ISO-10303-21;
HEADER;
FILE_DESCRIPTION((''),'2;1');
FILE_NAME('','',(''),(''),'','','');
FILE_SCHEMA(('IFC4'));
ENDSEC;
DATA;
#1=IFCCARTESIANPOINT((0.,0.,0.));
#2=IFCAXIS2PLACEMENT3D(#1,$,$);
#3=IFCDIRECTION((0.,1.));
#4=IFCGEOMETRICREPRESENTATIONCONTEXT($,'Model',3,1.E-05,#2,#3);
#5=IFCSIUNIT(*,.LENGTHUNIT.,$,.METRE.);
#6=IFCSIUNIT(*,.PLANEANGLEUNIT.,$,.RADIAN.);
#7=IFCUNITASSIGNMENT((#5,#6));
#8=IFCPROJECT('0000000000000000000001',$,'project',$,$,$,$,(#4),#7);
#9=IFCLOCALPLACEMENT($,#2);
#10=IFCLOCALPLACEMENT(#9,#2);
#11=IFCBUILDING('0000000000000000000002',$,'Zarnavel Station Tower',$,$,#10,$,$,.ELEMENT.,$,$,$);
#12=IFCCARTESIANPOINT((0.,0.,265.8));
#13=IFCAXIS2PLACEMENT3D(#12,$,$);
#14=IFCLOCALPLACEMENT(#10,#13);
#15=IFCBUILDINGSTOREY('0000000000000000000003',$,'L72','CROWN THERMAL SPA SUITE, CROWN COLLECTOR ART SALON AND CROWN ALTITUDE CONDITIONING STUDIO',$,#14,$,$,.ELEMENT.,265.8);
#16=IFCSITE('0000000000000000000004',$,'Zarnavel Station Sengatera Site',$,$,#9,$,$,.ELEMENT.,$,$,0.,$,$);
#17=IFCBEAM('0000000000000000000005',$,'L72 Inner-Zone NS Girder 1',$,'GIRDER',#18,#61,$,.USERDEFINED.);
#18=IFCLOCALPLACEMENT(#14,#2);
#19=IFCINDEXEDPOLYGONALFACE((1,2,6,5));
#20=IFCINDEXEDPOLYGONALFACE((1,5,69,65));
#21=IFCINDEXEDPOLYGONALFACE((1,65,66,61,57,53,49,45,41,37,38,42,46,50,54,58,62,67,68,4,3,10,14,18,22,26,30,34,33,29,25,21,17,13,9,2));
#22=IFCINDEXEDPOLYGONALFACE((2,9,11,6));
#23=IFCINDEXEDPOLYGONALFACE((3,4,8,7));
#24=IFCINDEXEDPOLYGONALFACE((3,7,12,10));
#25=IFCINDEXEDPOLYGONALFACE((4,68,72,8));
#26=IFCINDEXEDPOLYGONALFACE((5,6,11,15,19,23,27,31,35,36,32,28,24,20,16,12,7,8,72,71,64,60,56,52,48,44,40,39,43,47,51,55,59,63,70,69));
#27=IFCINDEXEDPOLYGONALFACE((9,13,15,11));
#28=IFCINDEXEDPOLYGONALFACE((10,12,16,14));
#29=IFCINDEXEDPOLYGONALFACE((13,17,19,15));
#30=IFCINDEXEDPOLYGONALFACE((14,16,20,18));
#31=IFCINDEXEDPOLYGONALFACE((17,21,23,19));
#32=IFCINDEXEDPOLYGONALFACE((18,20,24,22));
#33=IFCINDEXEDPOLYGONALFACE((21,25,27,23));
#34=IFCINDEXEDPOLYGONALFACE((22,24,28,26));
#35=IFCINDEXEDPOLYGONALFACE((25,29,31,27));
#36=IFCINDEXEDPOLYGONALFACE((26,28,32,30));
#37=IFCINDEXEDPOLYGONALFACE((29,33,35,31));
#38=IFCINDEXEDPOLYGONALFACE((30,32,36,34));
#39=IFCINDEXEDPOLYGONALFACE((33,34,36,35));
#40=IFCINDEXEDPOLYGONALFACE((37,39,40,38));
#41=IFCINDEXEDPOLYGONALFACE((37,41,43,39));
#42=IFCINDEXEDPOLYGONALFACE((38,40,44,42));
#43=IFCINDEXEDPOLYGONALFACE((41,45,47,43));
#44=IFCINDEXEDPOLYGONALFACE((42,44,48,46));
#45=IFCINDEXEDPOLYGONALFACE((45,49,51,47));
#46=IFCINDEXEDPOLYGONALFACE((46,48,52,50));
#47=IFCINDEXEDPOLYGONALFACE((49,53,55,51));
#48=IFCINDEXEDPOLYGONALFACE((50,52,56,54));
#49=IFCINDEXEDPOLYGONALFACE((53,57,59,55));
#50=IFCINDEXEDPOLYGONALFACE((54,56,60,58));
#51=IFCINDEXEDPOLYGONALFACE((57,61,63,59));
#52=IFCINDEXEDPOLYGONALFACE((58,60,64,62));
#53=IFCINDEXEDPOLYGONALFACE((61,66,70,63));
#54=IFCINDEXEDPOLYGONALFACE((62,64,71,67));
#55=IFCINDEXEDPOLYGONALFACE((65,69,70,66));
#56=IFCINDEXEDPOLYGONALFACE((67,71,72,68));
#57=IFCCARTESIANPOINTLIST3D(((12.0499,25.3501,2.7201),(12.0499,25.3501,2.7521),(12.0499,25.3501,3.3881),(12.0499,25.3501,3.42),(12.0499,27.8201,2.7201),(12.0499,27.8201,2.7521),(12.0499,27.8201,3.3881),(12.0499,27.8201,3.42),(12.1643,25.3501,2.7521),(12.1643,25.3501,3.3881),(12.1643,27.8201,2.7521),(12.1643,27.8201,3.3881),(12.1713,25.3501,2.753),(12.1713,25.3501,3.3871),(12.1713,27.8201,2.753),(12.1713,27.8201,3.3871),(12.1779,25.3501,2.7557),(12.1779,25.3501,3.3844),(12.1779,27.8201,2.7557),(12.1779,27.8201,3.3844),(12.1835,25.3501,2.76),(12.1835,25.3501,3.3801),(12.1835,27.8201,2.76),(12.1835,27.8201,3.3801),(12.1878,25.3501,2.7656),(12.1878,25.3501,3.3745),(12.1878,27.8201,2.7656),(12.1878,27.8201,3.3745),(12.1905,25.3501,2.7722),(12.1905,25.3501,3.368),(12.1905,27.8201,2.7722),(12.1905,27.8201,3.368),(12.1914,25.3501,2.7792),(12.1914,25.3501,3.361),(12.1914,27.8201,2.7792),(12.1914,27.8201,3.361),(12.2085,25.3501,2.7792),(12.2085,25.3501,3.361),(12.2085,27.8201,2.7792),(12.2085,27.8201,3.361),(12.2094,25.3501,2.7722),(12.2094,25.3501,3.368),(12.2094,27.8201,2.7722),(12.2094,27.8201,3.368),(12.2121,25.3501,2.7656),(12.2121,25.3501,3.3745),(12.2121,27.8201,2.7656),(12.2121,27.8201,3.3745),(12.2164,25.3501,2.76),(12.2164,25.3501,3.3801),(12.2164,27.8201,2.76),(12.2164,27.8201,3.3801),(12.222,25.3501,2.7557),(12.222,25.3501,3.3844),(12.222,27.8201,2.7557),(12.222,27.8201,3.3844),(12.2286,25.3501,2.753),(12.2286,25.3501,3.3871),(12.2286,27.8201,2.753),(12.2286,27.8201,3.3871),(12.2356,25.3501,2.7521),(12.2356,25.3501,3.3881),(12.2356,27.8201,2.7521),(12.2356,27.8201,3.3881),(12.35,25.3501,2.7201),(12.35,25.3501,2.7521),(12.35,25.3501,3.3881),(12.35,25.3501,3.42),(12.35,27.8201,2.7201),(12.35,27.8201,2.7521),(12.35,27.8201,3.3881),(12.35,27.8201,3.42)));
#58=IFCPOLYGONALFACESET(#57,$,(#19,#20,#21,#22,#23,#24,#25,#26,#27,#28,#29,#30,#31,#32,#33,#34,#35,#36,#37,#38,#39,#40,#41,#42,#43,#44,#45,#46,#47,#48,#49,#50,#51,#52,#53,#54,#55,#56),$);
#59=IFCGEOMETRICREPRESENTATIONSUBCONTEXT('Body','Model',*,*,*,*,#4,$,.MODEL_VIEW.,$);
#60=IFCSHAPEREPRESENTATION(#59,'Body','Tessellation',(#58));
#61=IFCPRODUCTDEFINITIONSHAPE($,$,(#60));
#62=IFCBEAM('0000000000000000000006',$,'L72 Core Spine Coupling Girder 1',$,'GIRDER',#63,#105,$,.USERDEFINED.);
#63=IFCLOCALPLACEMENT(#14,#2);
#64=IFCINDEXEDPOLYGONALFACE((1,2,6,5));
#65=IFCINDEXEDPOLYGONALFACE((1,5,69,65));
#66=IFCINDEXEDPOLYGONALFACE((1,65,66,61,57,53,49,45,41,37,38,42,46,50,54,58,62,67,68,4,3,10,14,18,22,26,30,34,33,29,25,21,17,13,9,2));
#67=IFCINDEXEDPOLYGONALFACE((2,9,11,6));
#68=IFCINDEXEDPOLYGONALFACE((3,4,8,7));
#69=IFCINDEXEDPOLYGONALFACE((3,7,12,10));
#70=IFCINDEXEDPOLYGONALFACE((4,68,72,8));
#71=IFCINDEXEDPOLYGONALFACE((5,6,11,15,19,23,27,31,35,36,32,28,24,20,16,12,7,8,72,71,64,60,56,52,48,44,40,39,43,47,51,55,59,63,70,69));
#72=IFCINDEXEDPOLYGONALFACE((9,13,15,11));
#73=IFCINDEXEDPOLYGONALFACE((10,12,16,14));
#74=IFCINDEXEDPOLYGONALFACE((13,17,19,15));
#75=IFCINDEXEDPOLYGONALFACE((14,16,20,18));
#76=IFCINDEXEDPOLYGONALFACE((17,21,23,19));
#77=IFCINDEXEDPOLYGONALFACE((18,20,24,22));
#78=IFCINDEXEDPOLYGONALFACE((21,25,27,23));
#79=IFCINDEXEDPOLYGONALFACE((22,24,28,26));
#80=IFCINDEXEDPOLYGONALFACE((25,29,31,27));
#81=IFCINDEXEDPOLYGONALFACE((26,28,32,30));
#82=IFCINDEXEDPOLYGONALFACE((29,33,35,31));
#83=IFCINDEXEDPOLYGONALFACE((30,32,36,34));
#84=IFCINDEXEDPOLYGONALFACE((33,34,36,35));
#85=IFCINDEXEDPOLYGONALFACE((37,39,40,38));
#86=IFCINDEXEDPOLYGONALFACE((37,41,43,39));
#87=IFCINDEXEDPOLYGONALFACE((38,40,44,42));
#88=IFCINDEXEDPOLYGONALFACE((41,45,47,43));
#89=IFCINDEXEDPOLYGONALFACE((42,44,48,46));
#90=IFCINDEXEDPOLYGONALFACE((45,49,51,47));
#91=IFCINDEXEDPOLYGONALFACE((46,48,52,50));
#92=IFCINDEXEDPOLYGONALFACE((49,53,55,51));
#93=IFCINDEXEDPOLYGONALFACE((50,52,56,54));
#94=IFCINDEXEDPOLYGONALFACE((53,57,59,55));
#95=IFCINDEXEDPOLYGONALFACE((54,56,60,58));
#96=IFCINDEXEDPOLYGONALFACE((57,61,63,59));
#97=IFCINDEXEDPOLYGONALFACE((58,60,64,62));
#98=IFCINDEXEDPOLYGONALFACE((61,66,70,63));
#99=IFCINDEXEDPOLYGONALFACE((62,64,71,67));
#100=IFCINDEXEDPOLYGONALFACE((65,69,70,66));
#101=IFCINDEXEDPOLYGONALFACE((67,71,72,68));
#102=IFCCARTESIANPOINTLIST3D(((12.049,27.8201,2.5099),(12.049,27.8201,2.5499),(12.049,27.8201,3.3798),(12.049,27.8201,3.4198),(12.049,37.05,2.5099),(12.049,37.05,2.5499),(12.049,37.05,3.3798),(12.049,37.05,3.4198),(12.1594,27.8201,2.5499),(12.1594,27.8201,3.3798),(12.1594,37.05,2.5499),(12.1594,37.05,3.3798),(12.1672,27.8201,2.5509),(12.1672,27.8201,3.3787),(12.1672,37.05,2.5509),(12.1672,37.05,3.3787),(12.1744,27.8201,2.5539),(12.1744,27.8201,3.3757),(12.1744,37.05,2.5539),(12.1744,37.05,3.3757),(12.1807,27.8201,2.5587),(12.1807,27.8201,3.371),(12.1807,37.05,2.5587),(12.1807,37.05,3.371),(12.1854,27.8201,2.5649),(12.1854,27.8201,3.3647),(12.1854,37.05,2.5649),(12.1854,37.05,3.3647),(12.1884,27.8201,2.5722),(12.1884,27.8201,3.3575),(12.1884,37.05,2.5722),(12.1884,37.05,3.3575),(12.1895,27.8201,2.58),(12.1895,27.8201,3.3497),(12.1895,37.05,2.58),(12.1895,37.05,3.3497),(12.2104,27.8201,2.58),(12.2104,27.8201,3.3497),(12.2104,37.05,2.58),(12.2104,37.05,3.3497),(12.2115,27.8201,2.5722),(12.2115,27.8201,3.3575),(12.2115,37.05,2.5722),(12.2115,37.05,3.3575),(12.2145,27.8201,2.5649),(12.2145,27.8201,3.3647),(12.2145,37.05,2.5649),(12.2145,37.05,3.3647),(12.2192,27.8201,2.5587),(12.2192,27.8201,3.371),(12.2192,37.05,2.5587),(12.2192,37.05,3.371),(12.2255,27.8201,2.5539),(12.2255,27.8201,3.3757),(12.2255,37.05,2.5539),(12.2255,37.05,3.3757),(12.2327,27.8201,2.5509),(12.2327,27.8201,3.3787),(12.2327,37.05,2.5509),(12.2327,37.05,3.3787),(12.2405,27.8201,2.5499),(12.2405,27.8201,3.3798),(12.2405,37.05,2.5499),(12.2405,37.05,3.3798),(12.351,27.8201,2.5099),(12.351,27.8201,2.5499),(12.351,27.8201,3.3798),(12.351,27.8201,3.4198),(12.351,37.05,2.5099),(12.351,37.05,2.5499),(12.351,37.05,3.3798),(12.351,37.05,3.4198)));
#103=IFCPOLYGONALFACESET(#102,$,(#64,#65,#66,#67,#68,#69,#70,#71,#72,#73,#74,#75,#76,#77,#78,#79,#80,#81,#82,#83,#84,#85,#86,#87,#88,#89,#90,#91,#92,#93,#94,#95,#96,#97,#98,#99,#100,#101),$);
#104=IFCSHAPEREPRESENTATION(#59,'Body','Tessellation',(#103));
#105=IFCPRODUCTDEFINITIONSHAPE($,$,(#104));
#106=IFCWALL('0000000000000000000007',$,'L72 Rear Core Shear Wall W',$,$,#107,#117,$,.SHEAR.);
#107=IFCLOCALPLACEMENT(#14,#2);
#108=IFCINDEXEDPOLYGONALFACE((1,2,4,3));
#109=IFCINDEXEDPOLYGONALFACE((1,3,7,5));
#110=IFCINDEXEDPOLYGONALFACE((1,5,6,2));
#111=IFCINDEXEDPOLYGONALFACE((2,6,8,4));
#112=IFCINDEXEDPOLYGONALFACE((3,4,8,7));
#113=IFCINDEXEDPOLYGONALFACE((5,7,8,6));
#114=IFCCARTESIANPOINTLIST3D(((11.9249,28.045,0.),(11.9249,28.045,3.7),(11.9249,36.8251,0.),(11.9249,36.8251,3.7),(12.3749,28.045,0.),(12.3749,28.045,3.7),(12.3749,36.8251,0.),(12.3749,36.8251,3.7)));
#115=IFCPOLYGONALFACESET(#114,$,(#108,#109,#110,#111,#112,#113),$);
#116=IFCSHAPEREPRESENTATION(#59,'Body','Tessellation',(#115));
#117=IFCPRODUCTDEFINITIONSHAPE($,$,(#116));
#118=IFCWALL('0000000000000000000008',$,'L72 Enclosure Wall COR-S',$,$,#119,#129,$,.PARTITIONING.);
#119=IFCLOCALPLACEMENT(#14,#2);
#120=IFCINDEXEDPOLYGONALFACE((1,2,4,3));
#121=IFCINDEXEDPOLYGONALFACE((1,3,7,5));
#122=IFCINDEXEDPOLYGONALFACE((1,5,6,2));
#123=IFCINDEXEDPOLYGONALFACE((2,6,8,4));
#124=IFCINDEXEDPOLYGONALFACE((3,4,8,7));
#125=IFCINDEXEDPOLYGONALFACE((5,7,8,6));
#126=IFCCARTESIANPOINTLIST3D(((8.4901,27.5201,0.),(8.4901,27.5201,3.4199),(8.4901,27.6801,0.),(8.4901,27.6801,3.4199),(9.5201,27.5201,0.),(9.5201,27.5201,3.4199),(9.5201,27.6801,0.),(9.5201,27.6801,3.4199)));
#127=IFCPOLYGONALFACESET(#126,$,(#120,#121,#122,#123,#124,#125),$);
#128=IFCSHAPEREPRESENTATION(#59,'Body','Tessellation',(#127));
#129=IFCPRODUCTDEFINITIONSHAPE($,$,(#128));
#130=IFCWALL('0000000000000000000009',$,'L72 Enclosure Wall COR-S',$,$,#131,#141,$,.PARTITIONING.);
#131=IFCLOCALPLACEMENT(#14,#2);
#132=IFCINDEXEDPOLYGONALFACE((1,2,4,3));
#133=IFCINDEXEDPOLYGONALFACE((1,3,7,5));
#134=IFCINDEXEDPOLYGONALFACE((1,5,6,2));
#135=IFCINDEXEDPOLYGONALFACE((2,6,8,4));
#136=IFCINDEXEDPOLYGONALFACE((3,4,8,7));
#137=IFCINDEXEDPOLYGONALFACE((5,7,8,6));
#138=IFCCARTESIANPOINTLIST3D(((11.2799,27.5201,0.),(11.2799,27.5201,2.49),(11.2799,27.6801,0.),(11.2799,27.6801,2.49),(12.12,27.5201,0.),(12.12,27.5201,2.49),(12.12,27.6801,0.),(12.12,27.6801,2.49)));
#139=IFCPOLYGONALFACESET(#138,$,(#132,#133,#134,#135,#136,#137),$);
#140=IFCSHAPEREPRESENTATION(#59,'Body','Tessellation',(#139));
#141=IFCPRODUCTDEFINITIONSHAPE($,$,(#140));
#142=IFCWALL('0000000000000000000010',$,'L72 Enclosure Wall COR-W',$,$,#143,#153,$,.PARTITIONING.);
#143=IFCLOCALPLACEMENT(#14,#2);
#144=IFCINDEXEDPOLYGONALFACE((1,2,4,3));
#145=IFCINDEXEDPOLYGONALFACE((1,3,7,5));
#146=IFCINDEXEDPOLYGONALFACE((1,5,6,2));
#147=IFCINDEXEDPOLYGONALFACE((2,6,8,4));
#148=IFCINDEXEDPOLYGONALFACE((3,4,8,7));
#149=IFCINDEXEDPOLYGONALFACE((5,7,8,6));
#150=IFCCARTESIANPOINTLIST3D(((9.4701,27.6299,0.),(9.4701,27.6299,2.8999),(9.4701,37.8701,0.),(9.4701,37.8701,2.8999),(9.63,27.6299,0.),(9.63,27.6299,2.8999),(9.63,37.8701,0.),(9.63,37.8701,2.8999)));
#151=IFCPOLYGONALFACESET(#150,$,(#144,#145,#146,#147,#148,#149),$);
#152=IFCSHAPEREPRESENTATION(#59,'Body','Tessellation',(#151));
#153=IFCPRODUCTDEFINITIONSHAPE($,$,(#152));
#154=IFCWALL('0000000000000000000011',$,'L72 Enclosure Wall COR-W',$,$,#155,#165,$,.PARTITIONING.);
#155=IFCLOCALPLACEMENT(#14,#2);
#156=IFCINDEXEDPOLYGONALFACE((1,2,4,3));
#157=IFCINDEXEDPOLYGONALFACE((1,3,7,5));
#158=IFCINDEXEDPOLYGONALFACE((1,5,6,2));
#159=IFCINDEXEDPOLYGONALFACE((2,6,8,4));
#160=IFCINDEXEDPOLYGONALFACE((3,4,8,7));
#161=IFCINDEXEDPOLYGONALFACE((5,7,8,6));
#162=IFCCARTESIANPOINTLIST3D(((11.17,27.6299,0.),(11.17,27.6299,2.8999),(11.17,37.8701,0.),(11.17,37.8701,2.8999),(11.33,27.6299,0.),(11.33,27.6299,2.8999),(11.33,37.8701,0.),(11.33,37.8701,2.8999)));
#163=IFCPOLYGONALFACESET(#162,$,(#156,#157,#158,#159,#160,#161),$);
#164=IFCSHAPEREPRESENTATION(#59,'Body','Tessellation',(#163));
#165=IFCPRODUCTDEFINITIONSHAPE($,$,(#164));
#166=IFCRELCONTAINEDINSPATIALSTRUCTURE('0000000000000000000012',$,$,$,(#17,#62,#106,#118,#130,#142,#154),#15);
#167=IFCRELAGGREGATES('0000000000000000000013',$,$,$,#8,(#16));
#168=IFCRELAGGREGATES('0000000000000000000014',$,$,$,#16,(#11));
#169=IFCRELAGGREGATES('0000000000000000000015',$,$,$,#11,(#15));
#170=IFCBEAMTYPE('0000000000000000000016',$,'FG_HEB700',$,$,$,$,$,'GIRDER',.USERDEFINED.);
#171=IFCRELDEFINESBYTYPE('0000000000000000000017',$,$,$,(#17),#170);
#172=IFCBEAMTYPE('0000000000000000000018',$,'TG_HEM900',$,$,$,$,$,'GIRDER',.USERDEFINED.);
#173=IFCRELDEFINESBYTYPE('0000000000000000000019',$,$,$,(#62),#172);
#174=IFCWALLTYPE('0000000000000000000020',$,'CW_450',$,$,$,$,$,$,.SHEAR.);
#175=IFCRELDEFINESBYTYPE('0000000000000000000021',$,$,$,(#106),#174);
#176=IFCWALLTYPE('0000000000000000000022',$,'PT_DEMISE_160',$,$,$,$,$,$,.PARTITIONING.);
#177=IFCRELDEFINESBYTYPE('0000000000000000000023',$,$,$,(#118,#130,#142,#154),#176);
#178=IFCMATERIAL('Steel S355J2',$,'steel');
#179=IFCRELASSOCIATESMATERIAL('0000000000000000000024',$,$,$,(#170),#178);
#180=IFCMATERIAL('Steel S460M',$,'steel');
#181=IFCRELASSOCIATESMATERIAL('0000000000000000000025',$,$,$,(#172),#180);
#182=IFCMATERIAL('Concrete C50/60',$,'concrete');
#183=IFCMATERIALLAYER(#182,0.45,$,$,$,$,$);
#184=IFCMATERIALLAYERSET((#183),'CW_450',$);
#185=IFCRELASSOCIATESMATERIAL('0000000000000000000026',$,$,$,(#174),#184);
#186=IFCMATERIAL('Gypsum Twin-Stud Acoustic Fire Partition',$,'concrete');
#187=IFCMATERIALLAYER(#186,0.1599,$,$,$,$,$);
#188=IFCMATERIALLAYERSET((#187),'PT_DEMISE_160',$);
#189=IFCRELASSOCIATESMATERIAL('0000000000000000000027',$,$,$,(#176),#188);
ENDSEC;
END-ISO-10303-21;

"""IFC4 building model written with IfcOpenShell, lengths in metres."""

from ifc_helpers import new_model, si_unit, direction, frame, frame_2d, origin, origin_2d, place, context, subcontext, project, spatial, rectangle, i_section, extrude, material, layer, layer_set, material_profile, profile_set, type_object, element, save


model = new_model("IFC4")

# Units and contexts
model_context = context("Model", 3, precision=1e-05, world=origin(), true_north=direction((0.0, 1.0)))
body_context = subcontext(model_context, "Body", "Model", "MODEL_VIEW")
ifc_project = project(units=[si_unit("LENGTHUNIT", "METRE"), si_unit("PLANEANGLEUNIT", "RADIAN")], contexts=[model_context])

# Site, building, storey
site_placement = place(None, origin())
site = spatial("IfcSite", under=ifc_project, at=site_placement, Name="Zarnavel Station Sengatera Site", CompositionType="ELEMENT", RefElevation=0.0)
building_placement = place(site_placement, origin())
building = spatial("IfcBuilding", under=site, at=building_placement, Name="Zarnavel Station Tower", CompositionType="ELEMENT")
storey_placement = place(building_placement, frame((0.0, 0.0, 265.8)))
storey = spatial("IfcBuildingStorey", under=building, at=storey_placement, Name="L72", Description="CROWN THERMAL SPA SUITE, CROWN COLLECTOR ART SALON AND CROWN ALTITUDE CONDITIONING STUDIO", CompositionType="ELEMENT", Elevation=265.8)

# Beams
ifc_material_1 = material(Name="Steel S355J2", Category="steel")
ifc_material_profile_1 = material_profile(ifc_material_1, i_section(OverallWidth=0.3, OverallDepth=0.7, WebThickness=0.0171, FlangeThickness=0.032, FilletRadius=0.0271, at=origin_2d()), Name="HEB700")
ifc_profile_set_1 = profile_set([ifc_material_profile_1], Name="Steel S355J2")
beam_type_1 = type_object("IfcBeamType", Name="FG_HEB700", ElementType="GIRDER", PredefinedType="USERDEFINED", material=ifc_profile_set_1)
beam_1_placement = place(storey_placement, frame((12.2, 25.3501, 3.0701), z_axis=(0.0, 1.0, 0.0), x_axis=(-1.0, 0.0, 0.0)))
element("IfcBeam", 1, at=beam_1_placement, inside=storey, type_object=beam_type_1, Name="L72 Inner-Zone NS Girder 1", ObjectType="GIRDER", PredefinedType="USERDEFINED", context=body_context, shape_type="SweptSolid", body=[
    extrude(i_section(OverallWidth=0.3, OverallDepth=0.7, WebThickness=0.0171, FlangeThickness=0.032, FilletRadius=0.0271, at=origin_2d()), origin(), (0.0, 0.0, 1.0), 2.47),
])
ifc_material_2 = material(Name="Steel S460M", Category="steel")
ifc_material_profile_2 = material_profile(ifc_material_2, i_section(OverallWidth=0.302, OverallDepth=0.9099, WebThickness=0.021, FlangeThickness=0.04, FilletRadius=0.03, at=origin_2d()), Name="HEM900")
ifc_profile_set_2 = profile_set([ifc_material_profile_2], Name="Steel S460M")
beam_type_2 = type_object("IfcBeamType", Name="TG_HEM900", ElementType="GIRDER", PredefinedType="USERDEFINED", material=ifc_profile_set_2)
beam_2_placement = place(storey_placement, frame((12.2, 27.8201, 2.9648), z_axis=(0.0, 1.0, 0.0), x_axis=(-1.0, 0.0, 0.0)))
element("IfcBeam", 2, at=beam_2_placement, inside=storey, type_object=beam_type_2, Name="L72 Core Spine Coupling Girder 1", ObjectType="GIRDER", PredefinedType="USERDEFINED", context=body_context, shape_type="SweptSolid", body=[
    extrude(i_section(OverallWidth=0.302, OverallDepth=0.9099, WebThickness=0.021, FlangeThickness=0.04, FilletRadius=0.03, at=origin_2d()), origin(), (0.0, 0.0, 1.0), 9.23),
])

# Walls
ifc_material_3 = material(Name="Concrete C50/60", Category="concrete")
ifc_layer_1 = layer(ifc_material_3, 0.45)
ifc_layer_set_1 = layer_set([ifc_layer_1], Name="CW_450")
wall_type_1 = type_object("IfcWallType", Name="CW_450", PredefinedType="SHEAR", material=ifc_layer_set_1)
wall_1_placement = place(storey_placement, frame((12.1499, 28.0449, 0.0), z_axis=(0.0, 0.0, 1.0), x_axis=(0.0, 1.0, 0.0)))
element("IfcWall", 3, at=wall_1_placement, inside=storey, type_object=wall_type_1, Name="L72 Rear Core Shear Wall W", PredefinedType="SHEAR", context=body_context, shape_type="SweptSolid", body=[
    extrude(rectangle(XDim=8.78, YDim=0.45, at=frame_2d((4.3901, 0.0))), origin(), (0.0, 0.0, 1.0), 3.7),
])
ifc_material_4 = material(Name="Gypsum Twin-Stud Acoustic Fire Partition", Category="concrete")
ifc_layer_2 = layer(ifc_material_4, 0.1599)
ifc_layer_set_2 = layer_set([ifc_layer_2], Name="PT_DEMISE_160")
wall_type_2 = type_object("IfcWallType", Name="PT_DEMISE_160", PredefinedType="PARTITIONING", material=ifc_layer_set_2)
wall_2_placement = place(storey_placement, frame((8.49, 27.6001, 0.0), z_axis=(0.0, 0.0, 1.0), x_axis=(1.0, 0.0, 0.0)))
element("IfcWall", 4, at=wall_2_placement, inside=storey, type_object=wall_type_2, Name="L72 Enclosure Wall COR-S", PredefinedType="PARTITIONING", context=body_context, shape_type="SweptSolid", body=[
    extrude(rectangle(XDim=1.03, YDim=0.1599, at=frame_2d((0.5151, 0.0))), origin(), (0.0, 0.0, 1.0), 3.4199),
])
wall_3_placement = place(storey_placement, frame((11.28, 27.6001, 0.0), z_axis=(0.0, 0.0, 1.0), x_axis=(1.0, 0.0, 0.0)))
element("IfcWall", 5, at=wall_3_placement, inside=storey, type_object=wall_type_2, Name="L72 Enclosure Wall COR-S", PredefinedType="PARTITIONING", context=body_context, shape_type="SweptSolid", body=[
    extrude(rectangle(XDim=0.8401, YDim=0.1599, at=frame_2d((0.4199, 0.0))), origin(), (0.0, 0.0, 1.0), 2.49),
])
for number, where, z_axis, x_axis, name in (
    (6, (9.55, 27.6299, 0.0), (0.0, 0.0, 1.0), (0.0, 1.0, 0.0), "L72 Enclosure Wall COR-W"),
    (7, (11.25, 27.6299, 0.0), (0.0, 0.0, 1.0), (0.0, 1.0, 0.0), "L72 Enclosure Wall COR-W"),
):
    element("IfcWall", number, at=place(storey_placement, frame(where, z_axis=z_axis, x_axis=x_axis)), inside=storey, type_object=wall_type_2, Name=name, PredefinedType="PARTITIONING", context=body_context, shape_type="SweptSolid", body=[
        extrude(rectangle(XDim=10.2402, YDim=0.1599, at=frame_2d((5.1201, 0.0))), origin(), (0.0, 0.0, 1.0), 2.8999),
    ])

save(model, "model.ifc")
